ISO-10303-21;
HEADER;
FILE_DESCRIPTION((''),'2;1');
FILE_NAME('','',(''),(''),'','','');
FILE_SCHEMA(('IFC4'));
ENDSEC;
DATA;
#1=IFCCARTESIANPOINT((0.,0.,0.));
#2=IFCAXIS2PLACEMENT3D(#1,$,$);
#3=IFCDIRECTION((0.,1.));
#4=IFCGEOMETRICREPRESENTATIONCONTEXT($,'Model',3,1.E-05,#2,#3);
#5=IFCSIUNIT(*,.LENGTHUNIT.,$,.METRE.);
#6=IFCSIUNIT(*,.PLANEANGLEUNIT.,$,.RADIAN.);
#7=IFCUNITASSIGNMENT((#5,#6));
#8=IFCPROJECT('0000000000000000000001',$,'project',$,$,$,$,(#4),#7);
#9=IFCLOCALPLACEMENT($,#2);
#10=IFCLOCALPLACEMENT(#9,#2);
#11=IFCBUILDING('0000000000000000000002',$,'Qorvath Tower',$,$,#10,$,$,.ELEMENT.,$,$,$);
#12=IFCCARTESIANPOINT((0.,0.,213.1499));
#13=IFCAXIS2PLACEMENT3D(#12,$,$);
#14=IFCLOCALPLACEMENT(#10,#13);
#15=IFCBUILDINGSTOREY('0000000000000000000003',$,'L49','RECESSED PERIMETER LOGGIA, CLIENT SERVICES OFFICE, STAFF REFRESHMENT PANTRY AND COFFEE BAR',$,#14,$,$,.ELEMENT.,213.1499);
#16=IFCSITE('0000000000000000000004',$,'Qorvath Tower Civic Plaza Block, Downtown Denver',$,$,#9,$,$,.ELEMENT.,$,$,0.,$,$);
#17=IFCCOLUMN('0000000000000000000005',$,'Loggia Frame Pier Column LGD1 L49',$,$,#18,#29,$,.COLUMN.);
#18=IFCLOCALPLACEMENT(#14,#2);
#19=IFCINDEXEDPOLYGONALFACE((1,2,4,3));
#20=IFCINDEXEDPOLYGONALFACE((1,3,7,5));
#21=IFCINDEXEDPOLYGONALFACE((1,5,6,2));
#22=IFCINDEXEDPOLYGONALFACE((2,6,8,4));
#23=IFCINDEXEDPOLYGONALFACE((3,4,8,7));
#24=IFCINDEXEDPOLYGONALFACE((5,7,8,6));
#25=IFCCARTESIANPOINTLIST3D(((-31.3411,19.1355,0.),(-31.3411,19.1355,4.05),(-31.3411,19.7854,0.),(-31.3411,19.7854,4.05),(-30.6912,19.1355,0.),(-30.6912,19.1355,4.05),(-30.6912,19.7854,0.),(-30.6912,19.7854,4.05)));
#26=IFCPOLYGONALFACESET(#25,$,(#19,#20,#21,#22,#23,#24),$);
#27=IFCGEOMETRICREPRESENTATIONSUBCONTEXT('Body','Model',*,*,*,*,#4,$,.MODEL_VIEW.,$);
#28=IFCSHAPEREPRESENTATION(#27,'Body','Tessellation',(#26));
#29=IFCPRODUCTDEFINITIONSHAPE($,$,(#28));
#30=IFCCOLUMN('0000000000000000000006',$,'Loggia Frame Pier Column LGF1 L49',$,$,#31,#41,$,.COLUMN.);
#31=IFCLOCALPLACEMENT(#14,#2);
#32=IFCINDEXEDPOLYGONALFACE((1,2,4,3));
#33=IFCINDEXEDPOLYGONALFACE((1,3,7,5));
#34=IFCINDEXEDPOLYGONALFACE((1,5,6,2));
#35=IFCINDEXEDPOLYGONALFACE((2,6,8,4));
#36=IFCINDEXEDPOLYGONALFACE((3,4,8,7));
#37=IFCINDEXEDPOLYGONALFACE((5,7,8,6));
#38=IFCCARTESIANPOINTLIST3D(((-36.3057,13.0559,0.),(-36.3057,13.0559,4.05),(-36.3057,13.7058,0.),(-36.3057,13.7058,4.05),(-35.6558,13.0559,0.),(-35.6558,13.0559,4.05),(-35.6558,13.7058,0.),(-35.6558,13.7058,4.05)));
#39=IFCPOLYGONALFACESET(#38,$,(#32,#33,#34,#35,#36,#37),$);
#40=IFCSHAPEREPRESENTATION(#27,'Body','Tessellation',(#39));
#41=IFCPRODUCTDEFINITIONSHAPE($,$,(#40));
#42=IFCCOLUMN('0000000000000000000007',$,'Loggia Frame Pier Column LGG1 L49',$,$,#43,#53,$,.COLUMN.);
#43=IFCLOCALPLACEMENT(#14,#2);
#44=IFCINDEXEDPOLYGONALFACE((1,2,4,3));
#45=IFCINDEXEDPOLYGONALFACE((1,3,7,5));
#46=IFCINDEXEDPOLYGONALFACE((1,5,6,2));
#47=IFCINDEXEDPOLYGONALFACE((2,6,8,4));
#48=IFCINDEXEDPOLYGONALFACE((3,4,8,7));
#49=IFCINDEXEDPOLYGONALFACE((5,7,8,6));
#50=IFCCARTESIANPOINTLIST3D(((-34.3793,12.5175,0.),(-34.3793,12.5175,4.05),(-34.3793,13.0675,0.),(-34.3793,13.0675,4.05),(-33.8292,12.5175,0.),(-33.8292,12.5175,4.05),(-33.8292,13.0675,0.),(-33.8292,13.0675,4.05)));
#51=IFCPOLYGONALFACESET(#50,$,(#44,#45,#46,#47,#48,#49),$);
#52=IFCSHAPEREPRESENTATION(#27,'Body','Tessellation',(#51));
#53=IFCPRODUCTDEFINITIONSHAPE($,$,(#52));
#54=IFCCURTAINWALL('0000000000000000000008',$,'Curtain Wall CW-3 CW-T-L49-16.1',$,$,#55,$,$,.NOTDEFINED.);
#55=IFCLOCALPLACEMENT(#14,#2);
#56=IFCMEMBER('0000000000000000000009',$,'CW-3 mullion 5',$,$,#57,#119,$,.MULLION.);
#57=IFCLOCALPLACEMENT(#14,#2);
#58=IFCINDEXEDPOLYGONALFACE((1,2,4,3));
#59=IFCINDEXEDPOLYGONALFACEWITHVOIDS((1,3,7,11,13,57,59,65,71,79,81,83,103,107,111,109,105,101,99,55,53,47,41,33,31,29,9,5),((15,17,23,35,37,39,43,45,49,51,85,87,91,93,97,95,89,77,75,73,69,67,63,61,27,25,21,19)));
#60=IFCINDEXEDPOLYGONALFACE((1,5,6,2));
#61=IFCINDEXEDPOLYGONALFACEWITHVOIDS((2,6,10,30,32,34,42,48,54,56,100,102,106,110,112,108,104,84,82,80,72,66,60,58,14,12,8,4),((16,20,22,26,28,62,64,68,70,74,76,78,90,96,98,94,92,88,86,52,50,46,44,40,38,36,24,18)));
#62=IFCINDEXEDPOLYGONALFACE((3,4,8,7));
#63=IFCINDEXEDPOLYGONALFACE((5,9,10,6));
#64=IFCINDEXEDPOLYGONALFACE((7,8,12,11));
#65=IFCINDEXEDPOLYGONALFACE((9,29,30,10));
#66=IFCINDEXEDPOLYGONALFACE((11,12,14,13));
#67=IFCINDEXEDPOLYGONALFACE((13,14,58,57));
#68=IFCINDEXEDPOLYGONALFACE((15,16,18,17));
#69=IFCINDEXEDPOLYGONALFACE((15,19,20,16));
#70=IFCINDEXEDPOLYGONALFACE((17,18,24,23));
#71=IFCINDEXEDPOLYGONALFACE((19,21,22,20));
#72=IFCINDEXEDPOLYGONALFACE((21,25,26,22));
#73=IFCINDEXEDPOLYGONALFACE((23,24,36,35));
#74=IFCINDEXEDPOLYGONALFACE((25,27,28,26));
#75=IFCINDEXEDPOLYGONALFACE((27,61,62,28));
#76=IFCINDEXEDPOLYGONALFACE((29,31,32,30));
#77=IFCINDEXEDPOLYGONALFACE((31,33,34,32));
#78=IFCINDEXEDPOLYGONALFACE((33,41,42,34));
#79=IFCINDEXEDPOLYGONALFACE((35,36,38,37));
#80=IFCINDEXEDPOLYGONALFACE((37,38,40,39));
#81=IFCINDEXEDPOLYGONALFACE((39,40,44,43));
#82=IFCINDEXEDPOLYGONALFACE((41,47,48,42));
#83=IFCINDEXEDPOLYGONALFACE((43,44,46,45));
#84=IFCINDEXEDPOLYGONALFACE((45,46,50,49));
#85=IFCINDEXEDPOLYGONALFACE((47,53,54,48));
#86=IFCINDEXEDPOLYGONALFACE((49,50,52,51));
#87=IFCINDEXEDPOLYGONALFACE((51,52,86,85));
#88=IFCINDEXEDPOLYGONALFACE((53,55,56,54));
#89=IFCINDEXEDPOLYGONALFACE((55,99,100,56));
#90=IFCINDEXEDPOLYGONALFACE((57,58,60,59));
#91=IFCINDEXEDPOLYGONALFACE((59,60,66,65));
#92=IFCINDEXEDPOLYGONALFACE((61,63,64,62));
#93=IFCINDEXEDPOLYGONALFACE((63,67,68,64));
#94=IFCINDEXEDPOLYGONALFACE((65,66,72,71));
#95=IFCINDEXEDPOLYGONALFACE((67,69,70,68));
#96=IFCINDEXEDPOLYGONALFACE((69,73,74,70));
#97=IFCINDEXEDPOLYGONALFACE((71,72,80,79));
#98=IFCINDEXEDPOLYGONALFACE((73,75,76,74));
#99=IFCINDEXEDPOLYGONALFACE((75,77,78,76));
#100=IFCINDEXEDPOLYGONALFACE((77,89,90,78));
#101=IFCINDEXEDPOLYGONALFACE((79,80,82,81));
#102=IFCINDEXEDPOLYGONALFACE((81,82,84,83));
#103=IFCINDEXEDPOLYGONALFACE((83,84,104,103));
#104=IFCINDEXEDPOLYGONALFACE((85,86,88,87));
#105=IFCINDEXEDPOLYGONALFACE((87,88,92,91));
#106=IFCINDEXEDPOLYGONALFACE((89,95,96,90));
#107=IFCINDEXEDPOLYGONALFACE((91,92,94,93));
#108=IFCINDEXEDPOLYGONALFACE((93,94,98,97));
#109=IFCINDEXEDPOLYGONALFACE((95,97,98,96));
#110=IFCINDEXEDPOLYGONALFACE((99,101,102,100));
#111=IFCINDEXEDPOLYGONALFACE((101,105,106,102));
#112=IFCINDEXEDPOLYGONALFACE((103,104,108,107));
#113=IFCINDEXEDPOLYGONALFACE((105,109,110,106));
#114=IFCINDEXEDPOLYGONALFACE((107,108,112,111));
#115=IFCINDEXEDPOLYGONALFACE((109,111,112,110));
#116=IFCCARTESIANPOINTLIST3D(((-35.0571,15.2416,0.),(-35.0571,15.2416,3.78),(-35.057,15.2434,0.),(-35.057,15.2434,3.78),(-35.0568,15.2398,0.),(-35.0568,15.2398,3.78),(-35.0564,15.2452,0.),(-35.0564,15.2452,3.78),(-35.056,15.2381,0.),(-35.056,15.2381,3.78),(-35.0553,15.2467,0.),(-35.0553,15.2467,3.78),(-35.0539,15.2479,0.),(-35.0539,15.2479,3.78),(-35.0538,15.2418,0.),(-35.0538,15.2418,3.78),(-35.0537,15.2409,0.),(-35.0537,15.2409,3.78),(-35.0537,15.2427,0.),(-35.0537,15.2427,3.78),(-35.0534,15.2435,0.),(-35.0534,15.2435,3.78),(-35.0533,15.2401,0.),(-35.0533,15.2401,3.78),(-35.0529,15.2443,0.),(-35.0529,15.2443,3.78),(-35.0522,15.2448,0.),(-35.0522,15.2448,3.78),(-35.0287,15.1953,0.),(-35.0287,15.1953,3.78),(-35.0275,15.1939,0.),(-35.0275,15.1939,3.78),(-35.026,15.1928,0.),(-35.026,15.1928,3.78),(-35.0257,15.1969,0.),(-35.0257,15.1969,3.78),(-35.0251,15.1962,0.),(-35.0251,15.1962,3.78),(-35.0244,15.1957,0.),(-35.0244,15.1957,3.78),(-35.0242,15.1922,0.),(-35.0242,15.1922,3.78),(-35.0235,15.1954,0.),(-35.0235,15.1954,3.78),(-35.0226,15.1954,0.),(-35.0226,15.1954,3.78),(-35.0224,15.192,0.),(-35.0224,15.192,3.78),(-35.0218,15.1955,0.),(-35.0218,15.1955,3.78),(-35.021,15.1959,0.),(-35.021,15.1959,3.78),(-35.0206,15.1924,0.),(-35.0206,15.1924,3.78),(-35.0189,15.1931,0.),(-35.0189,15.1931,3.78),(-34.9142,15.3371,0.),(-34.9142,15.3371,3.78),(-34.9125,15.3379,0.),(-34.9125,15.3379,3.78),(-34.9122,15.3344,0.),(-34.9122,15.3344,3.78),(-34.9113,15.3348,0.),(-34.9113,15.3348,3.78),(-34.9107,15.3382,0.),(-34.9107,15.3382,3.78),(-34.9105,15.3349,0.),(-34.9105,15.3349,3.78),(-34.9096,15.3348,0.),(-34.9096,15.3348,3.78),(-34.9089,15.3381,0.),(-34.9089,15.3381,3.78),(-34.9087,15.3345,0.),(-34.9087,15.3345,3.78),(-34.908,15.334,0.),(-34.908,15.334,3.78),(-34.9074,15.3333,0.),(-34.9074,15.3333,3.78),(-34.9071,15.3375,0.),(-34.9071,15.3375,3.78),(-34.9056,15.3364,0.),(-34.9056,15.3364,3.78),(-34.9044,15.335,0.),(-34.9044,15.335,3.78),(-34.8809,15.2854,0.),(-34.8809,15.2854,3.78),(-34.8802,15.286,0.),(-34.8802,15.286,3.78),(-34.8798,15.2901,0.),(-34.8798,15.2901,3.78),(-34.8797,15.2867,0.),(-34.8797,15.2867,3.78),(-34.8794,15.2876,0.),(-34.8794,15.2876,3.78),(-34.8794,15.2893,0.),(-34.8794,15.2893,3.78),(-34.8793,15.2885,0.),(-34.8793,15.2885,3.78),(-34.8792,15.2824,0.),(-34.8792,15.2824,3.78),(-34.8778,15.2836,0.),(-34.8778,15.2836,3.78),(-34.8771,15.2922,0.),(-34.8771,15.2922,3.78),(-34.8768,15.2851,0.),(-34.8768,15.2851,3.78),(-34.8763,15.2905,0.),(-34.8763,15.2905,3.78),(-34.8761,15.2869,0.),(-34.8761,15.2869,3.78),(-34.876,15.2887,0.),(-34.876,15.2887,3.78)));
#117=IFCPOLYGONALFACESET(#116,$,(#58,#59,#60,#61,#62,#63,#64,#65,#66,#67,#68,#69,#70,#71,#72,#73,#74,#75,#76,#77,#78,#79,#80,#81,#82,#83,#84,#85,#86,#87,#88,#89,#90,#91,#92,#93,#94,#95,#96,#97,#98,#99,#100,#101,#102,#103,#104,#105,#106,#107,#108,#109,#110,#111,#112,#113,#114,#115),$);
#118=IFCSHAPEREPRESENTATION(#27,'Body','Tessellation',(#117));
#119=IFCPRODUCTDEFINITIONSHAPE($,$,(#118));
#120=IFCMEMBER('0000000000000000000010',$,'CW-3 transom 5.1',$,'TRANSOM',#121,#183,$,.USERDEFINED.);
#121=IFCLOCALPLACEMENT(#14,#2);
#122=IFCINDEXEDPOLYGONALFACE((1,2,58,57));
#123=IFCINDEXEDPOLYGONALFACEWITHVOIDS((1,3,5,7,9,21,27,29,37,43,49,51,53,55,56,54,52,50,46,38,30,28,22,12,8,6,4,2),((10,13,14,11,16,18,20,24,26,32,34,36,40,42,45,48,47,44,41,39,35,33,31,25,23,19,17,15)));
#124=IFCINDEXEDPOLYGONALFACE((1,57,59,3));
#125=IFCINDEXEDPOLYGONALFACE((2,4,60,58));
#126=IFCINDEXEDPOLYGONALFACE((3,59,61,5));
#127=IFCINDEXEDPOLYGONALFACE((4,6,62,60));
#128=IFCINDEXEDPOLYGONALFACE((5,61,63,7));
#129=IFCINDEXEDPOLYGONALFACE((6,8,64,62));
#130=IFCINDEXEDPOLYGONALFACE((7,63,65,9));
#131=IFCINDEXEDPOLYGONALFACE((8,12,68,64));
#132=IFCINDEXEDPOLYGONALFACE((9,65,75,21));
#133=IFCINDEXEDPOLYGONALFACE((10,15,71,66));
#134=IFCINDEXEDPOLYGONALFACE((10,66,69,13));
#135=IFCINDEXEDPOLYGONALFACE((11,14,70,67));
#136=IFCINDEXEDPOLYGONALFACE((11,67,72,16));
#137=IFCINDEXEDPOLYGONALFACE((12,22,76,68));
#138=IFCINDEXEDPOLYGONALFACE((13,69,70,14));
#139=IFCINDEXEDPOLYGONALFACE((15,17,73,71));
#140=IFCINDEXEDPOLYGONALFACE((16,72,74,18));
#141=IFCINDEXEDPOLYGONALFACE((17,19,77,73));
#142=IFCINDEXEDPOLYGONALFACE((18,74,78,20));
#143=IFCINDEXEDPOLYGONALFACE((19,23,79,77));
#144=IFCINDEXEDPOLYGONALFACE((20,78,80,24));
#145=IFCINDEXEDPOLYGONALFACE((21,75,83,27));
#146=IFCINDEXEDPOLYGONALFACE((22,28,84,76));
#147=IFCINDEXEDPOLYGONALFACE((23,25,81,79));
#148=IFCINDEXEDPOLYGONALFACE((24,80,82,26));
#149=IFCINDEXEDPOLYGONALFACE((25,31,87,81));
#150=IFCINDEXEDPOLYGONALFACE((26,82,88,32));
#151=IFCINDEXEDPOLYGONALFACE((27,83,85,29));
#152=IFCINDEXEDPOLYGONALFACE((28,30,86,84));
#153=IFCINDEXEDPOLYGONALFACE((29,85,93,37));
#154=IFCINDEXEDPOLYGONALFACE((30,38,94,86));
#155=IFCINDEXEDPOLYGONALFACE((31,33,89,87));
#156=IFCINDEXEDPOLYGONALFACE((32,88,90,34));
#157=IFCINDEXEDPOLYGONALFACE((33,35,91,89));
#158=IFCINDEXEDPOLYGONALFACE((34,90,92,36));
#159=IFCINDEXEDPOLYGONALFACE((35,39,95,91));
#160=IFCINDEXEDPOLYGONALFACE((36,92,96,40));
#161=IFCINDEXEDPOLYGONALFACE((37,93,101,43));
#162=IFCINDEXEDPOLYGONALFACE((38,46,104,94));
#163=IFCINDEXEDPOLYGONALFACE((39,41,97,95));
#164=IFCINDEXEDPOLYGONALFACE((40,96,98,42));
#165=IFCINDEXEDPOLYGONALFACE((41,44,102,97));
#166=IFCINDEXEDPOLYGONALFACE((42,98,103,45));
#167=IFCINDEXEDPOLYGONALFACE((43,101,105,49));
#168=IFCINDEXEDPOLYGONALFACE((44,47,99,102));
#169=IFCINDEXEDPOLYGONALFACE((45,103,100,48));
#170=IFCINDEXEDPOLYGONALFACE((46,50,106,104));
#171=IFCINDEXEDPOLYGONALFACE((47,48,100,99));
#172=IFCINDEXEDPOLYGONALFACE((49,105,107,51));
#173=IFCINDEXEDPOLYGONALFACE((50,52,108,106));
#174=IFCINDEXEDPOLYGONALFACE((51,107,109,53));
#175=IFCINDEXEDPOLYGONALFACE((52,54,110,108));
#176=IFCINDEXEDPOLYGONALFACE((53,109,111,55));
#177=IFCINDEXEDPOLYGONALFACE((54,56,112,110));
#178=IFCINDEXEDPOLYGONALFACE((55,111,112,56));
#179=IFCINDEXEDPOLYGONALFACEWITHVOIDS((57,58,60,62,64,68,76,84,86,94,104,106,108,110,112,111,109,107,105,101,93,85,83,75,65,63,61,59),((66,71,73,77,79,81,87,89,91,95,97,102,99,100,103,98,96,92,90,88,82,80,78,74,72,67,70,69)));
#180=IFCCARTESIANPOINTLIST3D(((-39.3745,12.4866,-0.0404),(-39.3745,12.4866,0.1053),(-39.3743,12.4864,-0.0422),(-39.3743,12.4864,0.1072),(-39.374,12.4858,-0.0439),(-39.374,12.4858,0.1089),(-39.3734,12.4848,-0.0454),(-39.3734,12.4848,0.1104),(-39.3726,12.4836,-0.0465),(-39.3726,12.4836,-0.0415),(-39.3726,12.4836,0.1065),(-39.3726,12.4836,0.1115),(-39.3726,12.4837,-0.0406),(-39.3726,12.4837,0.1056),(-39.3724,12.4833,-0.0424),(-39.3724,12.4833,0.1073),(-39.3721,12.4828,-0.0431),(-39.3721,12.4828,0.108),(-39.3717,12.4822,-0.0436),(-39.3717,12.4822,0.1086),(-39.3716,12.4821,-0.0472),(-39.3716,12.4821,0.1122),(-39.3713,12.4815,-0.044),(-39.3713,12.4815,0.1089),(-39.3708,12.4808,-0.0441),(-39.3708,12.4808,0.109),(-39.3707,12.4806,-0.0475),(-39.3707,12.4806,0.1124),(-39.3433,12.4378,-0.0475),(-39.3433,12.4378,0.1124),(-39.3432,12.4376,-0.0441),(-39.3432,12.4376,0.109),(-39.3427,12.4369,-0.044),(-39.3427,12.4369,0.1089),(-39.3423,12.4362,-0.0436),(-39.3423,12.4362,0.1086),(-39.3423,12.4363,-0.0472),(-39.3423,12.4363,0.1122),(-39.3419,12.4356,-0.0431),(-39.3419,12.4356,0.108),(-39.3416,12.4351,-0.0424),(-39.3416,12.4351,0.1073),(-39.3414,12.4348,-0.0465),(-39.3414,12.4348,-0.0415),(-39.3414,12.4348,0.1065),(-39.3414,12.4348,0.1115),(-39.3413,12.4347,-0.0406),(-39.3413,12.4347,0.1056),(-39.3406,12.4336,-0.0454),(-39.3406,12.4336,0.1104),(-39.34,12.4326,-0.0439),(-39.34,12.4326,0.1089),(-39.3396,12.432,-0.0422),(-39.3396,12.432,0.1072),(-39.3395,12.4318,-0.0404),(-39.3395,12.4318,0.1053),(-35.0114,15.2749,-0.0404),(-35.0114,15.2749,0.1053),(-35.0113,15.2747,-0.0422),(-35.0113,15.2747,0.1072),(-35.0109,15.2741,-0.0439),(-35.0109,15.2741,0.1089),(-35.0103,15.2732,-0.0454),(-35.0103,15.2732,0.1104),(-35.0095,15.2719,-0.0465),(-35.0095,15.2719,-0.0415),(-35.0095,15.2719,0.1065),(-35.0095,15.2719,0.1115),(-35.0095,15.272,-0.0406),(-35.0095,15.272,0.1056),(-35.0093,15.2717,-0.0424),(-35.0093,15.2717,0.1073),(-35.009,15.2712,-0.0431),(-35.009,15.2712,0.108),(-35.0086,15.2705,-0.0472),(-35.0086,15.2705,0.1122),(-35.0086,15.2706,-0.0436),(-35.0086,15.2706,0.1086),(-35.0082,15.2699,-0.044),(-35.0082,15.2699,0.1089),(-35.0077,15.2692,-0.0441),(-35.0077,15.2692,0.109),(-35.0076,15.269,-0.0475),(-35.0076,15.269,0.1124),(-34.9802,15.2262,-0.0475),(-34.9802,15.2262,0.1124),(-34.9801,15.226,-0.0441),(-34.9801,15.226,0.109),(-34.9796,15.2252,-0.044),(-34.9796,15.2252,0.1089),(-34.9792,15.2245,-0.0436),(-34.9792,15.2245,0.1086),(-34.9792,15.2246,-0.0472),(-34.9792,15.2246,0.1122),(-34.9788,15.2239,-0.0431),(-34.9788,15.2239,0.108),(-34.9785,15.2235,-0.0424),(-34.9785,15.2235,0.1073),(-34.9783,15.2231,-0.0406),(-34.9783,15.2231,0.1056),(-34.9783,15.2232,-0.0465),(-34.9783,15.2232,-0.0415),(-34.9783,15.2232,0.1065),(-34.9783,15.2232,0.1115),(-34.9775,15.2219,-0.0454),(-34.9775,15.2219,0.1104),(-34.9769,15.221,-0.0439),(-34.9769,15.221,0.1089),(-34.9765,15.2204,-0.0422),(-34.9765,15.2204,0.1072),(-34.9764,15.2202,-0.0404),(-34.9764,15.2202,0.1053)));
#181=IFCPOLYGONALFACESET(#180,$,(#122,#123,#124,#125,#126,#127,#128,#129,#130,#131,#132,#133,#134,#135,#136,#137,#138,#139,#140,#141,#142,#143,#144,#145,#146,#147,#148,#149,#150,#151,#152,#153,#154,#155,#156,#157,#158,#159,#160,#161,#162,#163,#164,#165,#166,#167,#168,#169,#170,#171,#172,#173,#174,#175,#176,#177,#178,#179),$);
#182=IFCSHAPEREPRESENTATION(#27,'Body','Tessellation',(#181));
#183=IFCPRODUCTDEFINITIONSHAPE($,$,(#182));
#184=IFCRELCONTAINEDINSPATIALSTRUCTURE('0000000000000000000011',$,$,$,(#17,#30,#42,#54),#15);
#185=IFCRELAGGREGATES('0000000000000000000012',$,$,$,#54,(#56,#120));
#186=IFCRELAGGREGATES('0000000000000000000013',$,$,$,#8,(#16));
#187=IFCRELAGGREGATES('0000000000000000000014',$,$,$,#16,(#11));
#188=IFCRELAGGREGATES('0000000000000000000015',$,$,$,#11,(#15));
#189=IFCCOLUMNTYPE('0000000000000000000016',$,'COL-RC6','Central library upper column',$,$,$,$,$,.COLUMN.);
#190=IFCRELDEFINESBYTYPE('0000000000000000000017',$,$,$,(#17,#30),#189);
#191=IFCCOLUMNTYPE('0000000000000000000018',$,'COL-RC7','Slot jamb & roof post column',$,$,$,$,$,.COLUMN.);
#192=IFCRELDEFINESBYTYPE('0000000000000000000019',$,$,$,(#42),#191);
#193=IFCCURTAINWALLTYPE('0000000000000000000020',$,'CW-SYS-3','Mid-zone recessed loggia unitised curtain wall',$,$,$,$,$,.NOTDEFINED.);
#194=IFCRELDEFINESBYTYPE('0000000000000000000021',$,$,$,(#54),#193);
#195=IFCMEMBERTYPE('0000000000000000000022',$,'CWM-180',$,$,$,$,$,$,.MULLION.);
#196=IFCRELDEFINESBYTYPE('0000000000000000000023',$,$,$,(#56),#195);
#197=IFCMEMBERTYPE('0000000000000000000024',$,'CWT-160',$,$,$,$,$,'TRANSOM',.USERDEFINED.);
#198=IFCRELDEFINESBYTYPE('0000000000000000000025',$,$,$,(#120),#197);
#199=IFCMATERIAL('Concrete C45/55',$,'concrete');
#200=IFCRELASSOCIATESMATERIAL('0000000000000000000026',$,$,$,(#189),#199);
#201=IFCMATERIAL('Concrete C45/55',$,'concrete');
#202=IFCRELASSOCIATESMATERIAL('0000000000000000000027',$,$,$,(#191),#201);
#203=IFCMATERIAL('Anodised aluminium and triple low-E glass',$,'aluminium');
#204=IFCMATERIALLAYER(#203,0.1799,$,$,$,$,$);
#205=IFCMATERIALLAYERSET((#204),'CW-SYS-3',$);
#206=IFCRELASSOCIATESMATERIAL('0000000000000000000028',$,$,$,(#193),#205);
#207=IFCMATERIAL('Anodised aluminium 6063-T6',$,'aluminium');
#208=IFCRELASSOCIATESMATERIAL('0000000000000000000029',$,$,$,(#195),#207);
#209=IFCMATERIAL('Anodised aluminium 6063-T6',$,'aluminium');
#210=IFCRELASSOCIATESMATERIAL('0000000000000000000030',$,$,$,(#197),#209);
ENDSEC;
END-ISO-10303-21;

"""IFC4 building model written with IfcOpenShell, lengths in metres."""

from ifc_helpers import new_model, si_unit, direction, frame, origin, origin_2d, place, context, subcontext, project, spatial, rectangle, hollow_rectangle, extrude, material, layer, layer_set, material_profile, profile_set, type_object, element, aggregate, save


model = new_model("IFC4")

# Units and contexts
model_context = context("Model", 3, precision=1e-05, world=origin(), true_north=direction((0.0, 1.0)))
body_context = subcontext(model_context, "Body", "Model", "MODEL_VIEW")
ifc_project = project(units=[si_unit("LENGTHUNIT", "METRE"), si_unit("PLANEANGLEUNIT", "RADIAN")], contexts=[model_context])

# Site, building, storey
site_placement = place(None, origin())
site = spatial("IfcSite", under=ifc_project, at=site_placement, Name="Qorvath Tower Civic Plaza Block, Downtown Denver", CompositionType="ELEMENT", RefElevation=0.0)
building_placement = place(site_placement, origin())
building = spatial("IfcBuilding", under=site, at=building_placement, Name="Qorvath Tower", CompositionType="ELEMENT")
storey_placement = place(building_placement, frame((0.0, 0.0, 213.1499)))
storey = spatial("IfcBuildingStorey", under=building, at=storey_placement, Name="L49", Description="RECESSED PERIMETER LOGGIA, CLIENT SERVICES OFFICE, STAFF REFRESHMENT PANTRY AND COFFEE BAR", CompositionType="ELEMENT", Elevation=213.1499)

# Columns
ifc_material_1 = material(Name="Concrete C45/55", Category="concrete")
ifc_material_profile_1 = material_profile(ifc_material_1, rectangle(XDim=0.6499, YDim=0.6499, at=origin_2d()), Name="RC 650x650")
ifc_profile_set_1 = profile_set([ifc_material_profile_1], Name="Concrete C45/55")
column_type_1 = type_object("IfcColumnType", Name="COL-RC6", Description="Central library upper column", PredefinedType="COLUMN", material=ifc_profile_set_1)
for number, where, z_axis, x_axis, name in (
    (1, (-31.0161, 19.4604, 0.0), (0.0, 0.0, 1.0), (1.0, 0.0, 0.0), "Loggia Frame Pier Column LGD1 L49"),
    (2, (-35.9807, 13.3809, 0.0), (0.0, 0.0, 1.0), (1.0, 0.0, 0.0), "Loggia Frame Pier Column LGF1 L49"),
):
    element("IfcColumn", number, at=place(storey_placement, frame(where, z_axis=z_axis, x_axis=x_axis)), inside=storey, type_object=column_type_1, Name=name, PredefinedType="COLUMN", context=body_context, shape_type="SweptSolid", body=[
        extrude(rectangle(XDim=0.6499, YDim=0.6499, at=origin_2d()), origin(), (0.0, 0.0, 1.0), 4.05),
    ])
ifc_material_2 = material(Name="Concrete C45/55", Category="concrete")
ifc_material_profile_2 = material_profile(ifc_material_2, rectangle(XDim=0.55, YDim=0.55, at=origin_2d()), Name="RC 550x550")
ifc_profile_set_2 = profile_set([ifc_material_profile_2], Name="Concrete C45/55")
column_type_2 = type_object("IfcColumnType", Name="COL-RC7", Description="Slot jamb & roof post column", PredefinedType="COLUMN", material=ifc_profile_set_2)
column_placement = place(storey_placement, frame((-34.1042, 12.7925, 0.0), z_axis=(0.0, 0.0, 1.0), x_axis=(1.0, 0.0, 0.0)))
element("IfcColumn", 3, at=column_placement, inside=storey, type_object=column_type_2, Name="Loggia Frame Pier Column LGG1 L49", PredefinedType="COLUMN", context=body_context, shape_type="SweptSolid", body=[
    extrude(rectangle(XDim=0.55, YDim=0.55, at=origin_2d()), origin(), (0.0, 0.0, 1.0), 4.05),
])

# Curtain wall, members
ifc_material_3 = material(Name="Anodised aluminium and triple low-E glass", Category="aluminium")
ifc_layer_1 = layer(ifc_material_3, 0.1799)
ifc_layer_set_1 = layer_set([ifc_layer_1], Name="CW-SYS-3")
curtain_wall_type = type_object("IfcCurtainWallType", Name="CW-SYS-3", Description="Mid-zone recessed loggia unitised curtain wall", PredefinedType="NOTDEFINED", material=ifc_layer_set_1)
curtain_wall_placement = place(storey_placement, origin())
curtain_wall = element("IfcCurtainWall", 4, at=curtain_wall_placement, inside=storey, type_object=curtain_wall_type, Name="Curtain Wall CW-3 CW-T-L49-16.1", PredefinedType="NOTDEFINED")
ifc_material_4 = material(Name="Anodised aluminium 6063-T6", Category="aluminium")
ifc_material_profile_3 = material_profile(ifc_material_4, hollow_rectangle(XDim=0.0649, YDim=0.1799, WallThickness=0.0034, InnerFilletRadius=0.0034, OuterFilletRadius=0.0071, at=origin_2d()), Name="CWM 180x65")
ifc_profile_set_3 = profile_set([ifc_material_profile_3], Name="Anodised aluminium 6063-T6")
member_type_1 = type_object("IfcMemberType", Name="CWM-180", PredefinedType="MULLION", material=ifc_profile_set_3)
member_1_placement = place(storey_placement, frame((-34.9666, 15.2651, 0.0), z_axis=(0.0, 0.0, 1.0), x_axis=(0.538532, -0.842605, 0.0)))
member_1 = element("IfcMember", 5, at=member_1_placement, type_object=member_type_1, Name="CW-3 mullion 5", PredefinedType="MULLION", context=body_context, shape_type="SweptSolid", body=[
    extrude(hollow_rectangle(XDim=0.0649, YDim=0.1799, WallThickness=0.0034, InnerFilletRadius=0.0034, OuterFilletRadius=0.0071, at=origin_2d()), origin(), (0.0, 0.0, 1.0), 3.78),
])
ifc_material_5 = material(Name="Anodised aluminium 6063-T6", Category="aluminium")
ifc_material_profile_4 = material_profile(ifc_material_5, hollow_rectangle(XDim=0.0649, YDim=0.1599, WallThickness=0.0034, InnerFilletRadius=0.0034, OuterFilletRadius=0.0071, at=origin_2d()), Name="CWT 160x65")
ifc_profile_set_4 = profile_set([ifc_material_profile_4], Name="Anodised aluminium 6063-T6")
member_type_2 = type_object("IfcMemberType", Name="CWT-160", ElementType="TRANSOM", PredefinedType="USERDEFINED", material=ifc_profile_set_4)
member_2_placement = place(storey_placement, frame((-34.9939, 15.2476, 0.0325), z_axis=(-0.842623, -0.538504, 0.0), x_axis=(0.538504, -0.842623, 0.0)))
member_2 = element("IfcMember", 6, at=member_2_placement, type_object=member_type_2, Name="CW-3 transom 5.1", ObjectType="TRANSOM", PredefinedType="USERDEFINED", context=body_context, shape_type="SweptSolid", body=[
    extrude(hollow_rectangle(XDim=0.0649, YDim=0.1599, WallThickness=0.0034, InnerFilletRadius=0.0034, OuterFilletRadius=0.0071, at=origin_2d()), origin(), (0.0, 0.0, 1.0), 5.178),
])
aggregate(curtain_wall, [member_1, member_2])

save(model, "model.ifc")
